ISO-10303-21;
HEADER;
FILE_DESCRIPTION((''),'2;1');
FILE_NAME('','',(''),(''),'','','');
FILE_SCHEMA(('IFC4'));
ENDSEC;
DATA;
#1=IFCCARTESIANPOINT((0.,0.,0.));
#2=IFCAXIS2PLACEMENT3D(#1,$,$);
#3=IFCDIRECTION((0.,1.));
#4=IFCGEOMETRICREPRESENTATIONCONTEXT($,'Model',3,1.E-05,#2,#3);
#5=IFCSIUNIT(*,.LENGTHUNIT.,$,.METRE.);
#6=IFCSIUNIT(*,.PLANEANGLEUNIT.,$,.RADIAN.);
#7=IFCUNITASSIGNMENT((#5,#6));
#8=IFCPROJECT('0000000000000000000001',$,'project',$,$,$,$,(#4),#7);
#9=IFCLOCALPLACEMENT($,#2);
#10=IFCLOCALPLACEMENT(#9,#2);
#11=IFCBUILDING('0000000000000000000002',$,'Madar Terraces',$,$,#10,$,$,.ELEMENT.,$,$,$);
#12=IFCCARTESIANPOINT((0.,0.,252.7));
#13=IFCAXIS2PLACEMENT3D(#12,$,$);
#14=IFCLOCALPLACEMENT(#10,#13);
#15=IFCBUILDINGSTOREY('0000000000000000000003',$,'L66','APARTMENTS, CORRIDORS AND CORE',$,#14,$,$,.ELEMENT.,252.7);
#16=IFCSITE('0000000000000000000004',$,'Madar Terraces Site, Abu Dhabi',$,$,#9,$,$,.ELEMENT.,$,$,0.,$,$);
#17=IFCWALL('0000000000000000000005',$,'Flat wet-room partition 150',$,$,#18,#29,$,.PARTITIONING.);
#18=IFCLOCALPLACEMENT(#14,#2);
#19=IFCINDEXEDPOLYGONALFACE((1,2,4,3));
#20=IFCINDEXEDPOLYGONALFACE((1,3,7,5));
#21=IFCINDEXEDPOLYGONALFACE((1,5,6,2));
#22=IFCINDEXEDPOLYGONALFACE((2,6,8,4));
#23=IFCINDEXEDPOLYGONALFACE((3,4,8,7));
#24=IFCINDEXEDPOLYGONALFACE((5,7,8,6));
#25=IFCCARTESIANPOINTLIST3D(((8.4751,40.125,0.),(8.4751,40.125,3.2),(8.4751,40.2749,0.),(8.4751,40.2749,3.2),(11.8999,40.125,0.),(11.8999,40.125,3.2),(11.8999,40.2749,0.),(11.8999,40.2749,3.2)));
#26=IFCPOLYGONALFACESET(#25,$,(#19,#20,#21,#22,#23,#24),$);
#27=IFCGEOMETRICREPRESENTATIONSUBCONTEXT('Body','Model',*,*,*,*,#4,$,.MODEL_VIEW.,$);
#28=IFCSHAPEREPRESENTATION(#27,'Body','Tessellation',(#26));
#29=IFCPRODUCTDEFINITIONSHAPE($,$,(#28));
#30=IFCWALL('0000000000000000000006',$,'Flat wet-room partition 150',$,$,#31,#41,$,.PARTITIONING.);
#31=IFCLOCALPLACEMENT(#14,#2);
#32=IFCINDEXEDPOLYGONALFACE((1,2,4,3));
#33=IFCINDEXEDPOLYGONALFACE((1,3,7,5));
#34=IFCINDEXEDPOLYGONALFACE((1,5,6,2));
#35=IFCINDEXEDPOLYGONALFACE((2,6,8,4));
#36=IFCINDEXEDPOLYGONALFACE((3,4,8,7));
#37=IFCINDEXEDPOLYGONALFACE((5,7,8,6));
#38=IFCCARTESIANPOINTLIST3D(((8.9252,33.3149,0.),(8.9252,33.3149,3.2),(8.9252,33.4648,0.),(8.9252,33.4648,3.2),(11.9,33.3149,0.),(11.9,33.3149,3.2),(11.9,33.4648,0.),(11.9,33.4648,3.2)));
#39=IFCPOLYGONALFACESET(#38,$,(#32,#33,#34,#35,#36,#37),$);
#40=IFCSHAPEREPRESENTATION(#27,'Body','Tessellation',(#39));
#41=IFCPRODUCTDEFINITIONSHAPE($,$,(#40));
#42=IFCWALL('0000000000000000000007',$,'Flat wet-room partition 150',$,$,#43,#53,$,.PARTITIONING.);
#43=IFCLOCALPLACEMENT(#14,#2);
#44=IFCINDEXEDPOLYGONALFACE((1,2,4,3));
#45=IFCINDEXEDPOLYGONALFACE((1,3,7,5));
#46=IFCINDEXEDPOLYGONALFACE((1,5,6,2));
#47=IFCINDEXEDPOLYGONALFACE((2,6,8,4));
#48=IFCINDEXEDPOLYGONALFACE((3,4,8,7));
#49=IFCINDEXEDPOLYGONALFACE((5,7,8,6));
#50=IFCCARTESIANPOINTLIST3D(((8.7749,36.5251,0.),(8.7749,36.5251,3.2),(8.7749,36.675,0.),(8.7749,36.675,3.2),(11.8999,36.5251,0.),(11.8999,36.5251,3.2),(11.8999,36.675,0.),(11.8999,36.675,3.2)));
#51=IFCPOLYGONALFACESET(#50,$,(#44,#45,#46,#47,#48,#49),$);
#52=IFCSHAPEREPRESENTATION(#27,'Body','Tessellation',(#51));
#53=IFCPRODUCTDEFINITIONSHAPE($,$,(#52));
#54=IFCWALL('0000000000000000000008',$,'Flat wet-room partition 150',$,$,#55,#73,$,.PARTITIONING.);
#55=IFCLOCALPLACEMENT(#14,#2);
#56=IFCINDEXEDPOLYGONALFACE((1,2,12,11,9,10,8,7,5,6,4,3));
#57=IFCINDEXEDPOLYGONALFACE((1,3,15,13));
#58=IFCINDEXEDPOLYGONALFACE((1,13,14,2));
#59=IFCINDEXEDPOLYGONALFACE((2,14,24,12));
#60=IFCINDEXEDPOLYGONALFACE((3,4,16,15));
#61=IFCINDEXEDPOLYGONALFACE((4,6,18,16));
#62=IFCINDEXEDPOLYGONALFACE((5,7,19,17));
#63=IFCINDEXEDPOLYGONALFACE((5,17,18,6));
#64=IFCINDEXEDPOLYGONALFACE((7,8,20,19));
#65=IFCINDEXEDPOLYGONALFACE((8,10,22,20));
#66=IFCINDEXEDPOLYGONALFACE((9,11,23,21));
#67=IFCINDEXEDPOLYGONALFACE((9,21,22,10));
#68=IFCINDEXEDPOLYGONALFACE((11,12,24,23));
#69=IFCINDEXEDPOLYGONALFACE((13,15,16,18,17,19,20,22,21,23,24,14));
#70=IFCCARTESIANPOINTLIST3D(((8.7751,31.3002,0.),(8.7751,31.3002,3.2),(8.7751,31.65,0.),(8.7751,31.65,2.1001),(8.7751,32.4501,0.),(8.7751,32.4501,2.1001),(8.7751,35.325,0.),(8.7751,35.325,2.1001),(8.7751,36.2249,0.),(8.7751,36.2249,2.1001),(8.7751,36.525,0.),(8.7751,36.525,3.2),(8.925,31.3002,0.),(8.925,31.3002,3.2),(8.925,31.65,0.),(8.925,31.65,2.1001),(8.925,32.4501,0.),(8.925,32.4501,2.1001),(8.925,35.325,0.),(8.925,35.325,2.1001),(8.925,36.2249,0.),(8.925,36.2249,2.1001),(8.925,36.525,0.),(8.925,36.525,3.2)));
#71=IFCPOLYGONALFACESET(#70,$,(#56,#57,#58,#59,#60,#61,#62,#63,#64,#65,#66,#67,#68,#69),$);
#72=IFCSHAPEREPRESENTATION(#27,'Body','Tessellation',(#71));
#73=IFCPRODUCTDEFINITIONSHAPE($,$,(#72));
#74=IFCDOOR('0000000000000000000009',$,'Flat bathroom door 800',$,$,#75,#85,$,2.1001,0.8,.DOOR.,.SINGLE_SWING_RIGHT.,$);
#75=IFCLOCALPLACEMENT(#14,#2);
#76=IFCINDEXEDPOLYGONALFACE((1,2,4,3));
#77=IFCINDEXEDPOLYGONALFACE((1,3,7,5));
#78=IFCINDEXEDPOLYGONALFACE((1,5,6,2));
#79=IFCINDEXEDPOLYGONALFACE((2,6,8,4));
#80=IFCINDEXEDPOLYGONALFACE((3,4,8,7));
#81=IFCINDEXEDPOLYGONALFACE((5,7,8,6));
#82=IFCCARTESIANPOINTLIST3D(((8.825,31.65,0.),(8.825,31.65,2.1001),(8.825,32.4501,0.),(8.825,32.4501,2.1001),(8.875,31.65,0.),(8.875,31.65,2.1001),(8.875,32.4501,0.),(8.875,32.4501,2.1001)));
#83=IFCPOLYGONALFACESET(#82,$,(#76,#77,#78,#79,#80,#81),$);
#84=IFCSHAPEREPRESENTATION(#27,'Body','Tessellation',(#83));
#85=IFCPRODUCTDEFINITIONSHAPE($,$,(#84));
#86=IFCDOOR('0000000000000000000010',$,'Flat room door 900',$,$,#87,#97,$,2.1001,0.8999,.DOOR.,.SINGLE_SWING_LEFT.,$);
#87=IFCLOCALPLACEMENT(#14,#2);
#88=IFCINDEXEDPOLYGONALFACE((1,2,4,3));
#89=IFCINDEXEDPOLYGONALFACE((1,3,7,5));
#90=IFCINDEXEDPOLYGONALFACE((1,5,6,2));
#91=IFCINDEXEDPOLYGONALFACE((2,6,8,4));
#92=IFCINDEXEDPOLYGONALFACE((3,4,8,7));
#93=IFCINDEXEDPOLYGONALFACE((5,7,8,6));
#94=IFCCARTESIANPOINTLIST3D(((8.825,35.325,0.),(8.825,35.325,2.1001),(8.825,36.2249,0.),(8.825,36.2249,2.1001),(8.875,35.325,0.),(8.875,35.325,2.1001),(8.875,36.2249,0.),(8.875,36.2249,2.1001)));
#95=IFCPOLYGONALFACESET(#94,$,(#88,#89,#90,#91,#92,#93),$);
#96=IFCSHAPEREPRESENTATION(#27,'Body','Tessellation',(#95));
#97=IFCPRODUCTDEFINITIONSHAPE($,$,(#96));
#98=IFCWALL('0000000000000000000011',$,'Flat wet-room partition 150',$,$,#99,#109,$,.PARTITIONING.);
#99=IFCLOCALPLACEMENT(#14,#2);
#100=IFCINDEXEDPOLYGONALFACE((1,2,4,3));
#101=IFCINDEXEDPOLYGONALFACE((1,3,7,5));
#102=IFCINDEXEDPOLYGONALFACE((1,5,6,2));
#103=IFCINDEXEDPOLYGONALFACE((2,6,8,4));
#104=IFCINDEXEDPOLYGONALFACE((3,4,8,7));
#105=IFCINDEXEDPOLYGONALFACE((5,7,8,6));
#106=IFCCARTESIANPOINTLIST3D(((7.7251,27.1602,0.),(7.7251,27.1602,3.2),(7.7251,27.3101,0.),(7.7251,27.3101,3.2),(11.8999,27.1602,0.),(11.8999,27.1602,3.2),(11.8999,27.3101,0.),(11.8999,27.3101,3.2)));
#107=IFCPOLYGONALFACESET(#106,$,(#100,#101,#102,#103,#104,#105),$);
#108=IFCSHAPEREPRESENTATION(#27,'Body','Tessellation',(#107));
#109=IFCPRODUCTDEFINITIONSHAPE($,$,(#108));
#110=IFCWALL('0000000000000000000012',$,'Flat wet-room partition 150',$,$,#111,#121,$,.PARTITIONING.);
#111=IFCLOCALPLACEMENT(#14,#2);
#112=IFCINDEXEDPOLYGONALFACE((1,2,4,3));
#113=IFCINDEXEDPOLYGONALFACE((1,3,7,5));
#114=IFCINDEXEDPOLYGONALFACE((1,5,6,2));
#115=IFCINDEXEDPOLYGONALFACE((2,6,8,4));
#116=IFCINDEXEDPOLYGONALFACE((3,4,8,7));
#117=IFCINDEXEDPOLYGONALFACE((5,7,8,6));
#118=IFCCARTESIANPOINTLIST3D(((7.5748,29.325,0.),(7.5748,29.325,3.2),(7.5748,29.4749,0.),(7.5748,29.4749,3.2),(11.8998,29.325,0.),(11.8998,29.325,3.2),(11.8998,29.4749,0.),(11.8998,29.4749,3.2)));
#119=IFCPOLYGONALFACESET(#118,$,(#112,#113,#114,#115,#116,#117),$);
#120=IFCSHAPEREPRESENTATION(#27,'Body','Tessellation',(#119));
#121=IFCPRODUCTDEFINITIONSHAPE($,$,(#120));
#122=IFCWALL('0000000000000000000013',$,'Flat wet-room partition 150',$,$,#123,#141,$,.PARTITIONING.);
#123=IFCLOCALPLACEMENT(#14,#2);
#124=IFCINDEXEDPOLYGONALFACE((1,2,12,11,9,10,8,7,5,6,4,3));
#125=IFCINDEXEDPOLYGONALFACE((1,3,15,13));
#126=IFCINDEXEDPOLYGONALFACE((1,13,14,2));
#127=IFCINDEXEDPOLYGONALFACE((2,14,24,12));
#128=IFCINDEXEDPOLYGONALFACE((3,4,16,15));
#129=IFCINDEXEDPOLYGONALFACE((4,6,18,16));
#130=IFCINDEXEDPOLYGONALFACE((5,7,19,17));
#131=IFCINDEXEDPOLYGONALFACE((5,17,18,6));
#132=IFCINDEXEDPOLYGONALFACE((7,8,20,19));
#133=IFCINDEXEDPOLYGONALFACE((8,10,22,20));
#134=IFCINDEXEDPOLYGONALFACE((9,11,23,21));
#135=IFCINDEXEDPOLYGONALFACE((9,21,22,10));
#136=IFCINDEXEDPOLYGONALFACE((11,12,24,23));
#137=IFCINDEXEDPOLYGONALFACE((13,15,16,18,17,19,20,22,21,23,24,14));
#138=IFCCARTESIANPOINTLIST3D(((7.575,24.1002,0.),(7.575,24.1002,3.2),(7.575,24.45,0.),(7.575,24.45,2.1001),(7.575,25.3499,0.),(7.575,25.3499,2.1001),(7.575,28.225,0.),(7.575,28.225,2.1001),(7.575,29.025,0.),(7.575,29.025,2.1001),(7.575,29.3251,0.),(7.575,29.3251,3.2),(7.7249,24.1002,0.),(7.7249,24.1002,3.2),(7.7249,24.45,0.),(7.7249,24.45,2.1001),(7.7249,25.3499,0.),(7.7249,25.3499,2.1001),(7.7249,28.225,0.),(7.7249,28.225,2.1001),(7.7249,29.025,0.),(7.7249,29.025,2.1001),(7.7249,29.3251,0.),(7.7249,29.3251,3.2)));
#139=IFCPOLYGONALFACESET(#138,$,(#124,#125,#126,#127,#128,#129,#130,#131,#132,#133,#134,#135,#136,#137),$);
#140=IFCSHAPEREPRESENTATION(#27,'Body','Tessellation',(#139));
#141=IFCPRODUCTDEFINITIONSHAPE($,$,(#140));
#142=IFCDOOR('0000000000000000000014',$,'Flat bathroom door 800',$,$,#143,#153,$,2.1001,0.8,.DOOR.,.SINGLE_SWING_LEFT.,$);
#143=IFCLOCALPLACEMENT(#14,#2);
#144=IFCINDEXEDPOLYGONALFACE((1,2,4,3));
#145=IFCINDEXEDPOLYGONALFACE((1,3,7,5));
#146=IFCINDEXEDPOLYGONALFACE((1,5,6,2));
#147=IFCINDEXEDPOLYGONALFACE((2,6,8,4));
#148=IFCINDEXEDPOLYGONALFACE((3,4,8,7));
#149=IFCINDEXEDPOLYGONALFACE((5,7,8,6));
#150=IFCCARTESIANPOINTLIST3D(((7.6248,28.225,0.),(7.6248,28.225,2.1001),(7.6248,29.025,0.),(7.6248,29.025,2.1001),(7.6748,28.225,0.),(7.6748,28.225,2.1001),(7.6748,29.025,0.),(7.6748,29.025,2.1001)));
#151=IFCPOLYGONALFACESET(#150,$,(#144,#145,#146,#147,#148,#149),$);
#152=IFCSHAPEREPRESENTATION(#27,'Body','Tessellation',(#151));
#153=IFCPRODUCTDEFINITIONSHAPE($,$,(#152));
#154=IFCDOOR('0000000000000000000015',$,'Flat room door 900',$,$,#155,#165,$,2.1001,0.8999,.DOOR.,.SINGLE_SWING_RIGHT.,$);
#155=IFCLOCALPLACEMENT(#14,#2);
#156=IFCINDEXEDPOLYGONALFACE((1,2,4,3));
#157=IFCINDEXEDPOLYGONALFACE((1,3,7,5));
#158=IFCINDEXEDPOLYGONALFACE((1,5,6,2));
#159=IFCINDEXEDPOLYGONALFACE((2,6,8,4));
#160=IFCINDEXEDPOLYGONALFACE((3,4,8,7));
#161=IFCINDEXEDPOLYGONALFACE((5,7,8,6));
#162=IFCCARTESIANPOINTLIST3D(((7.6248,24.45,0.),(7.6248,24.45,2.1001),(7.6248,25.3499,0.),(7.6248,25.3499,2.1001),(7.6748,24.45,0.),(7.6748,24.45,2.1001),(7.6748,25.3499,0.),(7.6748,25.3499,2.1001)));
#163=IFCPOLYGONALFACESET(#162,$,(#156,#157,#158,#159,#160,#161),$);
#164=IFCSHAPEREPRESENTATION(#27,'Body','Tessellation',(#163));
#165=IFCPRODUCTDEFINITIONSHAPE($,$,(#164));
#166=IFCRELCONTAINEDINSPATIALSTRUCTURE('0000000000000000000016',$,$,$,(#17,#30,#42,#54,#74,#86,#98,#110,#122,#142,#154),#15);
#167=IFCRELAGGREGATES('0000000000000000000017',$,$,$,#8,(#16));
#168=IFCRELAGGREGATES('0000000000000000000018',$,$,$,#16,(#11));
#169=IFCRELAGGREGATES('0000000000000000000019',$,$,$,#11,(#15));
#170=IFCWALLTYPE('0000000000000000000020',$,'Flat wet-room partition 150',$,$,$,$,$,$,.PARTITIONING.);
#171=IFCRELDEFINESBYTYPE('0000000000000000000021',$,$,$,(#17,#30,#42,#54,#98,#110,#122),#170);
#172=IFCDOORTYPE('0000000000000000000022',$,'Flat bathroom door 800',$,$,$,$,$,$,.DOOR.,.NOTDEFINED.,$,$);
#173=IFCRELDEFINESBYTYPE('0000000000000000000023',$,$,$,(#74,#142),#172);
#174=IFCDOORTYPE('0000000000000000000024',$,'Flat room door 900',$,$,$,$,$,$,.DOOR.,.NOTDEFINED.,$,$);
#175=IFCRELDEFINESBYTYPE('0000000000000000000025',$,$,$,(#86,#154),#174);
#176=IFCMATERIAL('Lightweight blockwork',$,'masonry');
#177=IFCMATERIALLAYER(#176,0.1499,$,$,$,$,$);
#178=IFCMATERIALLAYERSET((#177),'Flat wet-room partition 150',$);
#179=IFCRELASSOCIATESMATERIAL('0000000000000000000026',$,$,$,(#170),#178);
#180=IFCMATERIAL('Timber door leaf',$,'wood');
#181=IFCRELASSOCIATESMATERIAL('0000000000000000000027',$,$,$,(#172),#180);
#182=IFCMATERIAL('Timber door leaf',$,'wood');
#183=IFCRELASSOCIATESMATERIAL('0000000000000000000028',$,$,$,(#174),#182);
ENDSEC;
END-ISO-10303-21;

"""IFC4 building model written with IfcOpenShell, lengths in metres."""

from ifc_helpers import new_model, si_unit, direction, frame, frame_2d, origin, place, context, subcontext, project, spatial, rectangle, extrude, material, layer, layer_set, type_object, element, fill, save


model = new_model("IFC4")

# Units and contexts
model_context = context("Model", 3, precision=1e-05, world=origin(), true_north=direction((0.0, 1.0)))
body_context = subcontext(model_context, "Body", "Model", "MODEL_VIEW")
ifc_project = project(units=[si_unit("LENGTHUNIT", "METRE"), si_unit("PLANEANGLEUNIT", "RADIAN")], contexts=[model_context])

# Site, building, storey
site_placement = place(None, origin())
site = spatial("IfcSite", under=ifc_project, at=site_placement, Name="Madar Terraces Site, Abu Dhabi", CompositionType="ELEMENT", RefElevation=0.0)
building_placement = place(site_placement, origin())
building = spatial("IfcBuilding", under=site, at=building_placement, Name="Madar Terraces", CompositionType="ELEMENT")
storey_placement = place(building_placement, frame((0.0, 0.0, 252.7)))
storey = spatial("IfcBuildingStorey", under=building, at=storey_placement, Name="L66", Description="APARTMENTS, CORRIDORS AND CORE", CompositionType="ELEMENT", Elevation=252.7)

# Walls
ifc_material_1 = material(Name="Lightweight blockwork", Category="masonry")
ifc_layer_1 = layer(ifc_material_1, 0.1499)
ifc_layer_set_1 = layer_set([ifc_layer_1], Name="Flat wet-room partition 150")
wall_type_1 = type_object("IfcWallType", Name="Flat wet-room partition 150", PredefinedType="PARTITIONING", material=ifc_layer_set_1)
wall_1_placement = place(storey_placement, frame((11.8999, 40.2, 0.0), z_axis=(0.0, 0.0, 1.0), x_axis=(-1.0, 0.0, 0.0)))
element("IfcWall", 1, at=wall_1_placement, inside=storey, type_object=wall_type_1, Name="Flat wet-room partition 150", PredefinedType="PARTITIONING", context=body_context, shape_type="SweptSolid", body=[
    extrude(rectangle(XDim=3.4248, YDim=0.1499, at=frame_2d((1.7124, 0.0))), origin(), (0.0, 0.0, 1.0), 3.2),
])
wall_2_placement = place(storey_placement, frame((11.8999, 33.3899, 0.0), z_axis=(0.0, 0.0, 1.0), x_axis=(-1.0, 0.0, 0.0)))
element("IfcWall", 2, at=wall_2_placement, inside=storey, type_object=wall_type_1, Name="Flat wet-room partition 150", PredefinedType="PARTITIONING", context=body_context, shape_type="SweptSolid", body=[
    extrude(rectangle(XDim=2.9749, YDim=0.1499, at=frame_2d((1.4873, 0.0))), origin(), (0.0, 0.0, 1.0), 3.2),
])
wall_3_placement = place(storey_placement, frame((11.8999, 36.6001, 0.0), z_axis=(0.0, 0.0, 1.0), x_axis=(-1.0, 0.0, 0.0)))
element("IfcWall", 3, at=wall_3_placement, inside=storey, type_object=wall_type_1, Name="Flat wet-room partition 150", PredefinedType="PARTITIONING", context=body_context, shape_type="SweptSolid", body=[
    extrude(rectangle(XDim=3.125, YDim=0.1499, at=frame_2d((1.5625, 0.0))), origin(), (0.0, 0.0, 1.0), 3.2),
])

# Wall, openings, doors
wall_4_placement = place(storey_placement, frame((8.8501, 36.5249, 0.0), z_axis=(0.0, 0.0, 1.0), x_axis=(0.0, -1.0, 0.0)))
wall_4 = element("IfcWall", 4, at=wall_4_placement, inside=storey, type_object=wall_type_1, Name="Flat wet-room partition 150", PredefinedType="PARTITIONING", context=body_context, shape_type="SweptSolid", body=[
    extrude(rectangle(XDim=5.2249, YDim=0.1499, at=frame_2d((2.6123, 0.0))), origin(), (0.0, 0.0, 1.0), 3.2),
])
opening_1_placement = place(wall_4_placement, frame((0.3, 0.0, 0.0)))
opening_1 = element("IfcOpeningElement", 5, at=opening_1_placement, cuts=wall_4, PredefinedType="OPENING", context=body_context, shape_type="SweptSolid", body=[
    extrude(rectangle(XDim=0.8999, YDim=2.1001, at=frame_2d((0.45, 1.05))), frame((0.0, 0.085, 0.0), z_axis=(0.0, -1.0, 0.0), x_axis=(1.0, 0.0, 0.0)), (0.0, 0.0, 1.0), 0.1699),
])
opening_2_placement = place(wall_4_placement, frame((4.075, 0.0, 0.0)))
opening_2 = element("IfcOpeningElement", 6, at=opening_2_placement, cuts=wall_4, PredefinedType="OPENING", context=body_context, shape_type="SweptSolid", body=[
    extrude(rectangle(XDim=0.8, YDim=2.1001, at=frame_2d((0.3999, 1.05))), frame((0.0, 0.085, 0.0), z_axis=(0.0, -1.0, 0.0), x_axis=(1.0, 0.0, 0.0)), (0.0, 0.0, 1.0), 0.1699),
])
ifc_material_2 = material(Name="Timber door leaf", Category="wood")
door_type_1 = type_object("IfcDoorType", Name="Flat bathroom door 800", OperationType="NOTDEFINED", PredefinedType="DOOR", material=ifc_material_2)
door_1_placement = place(opening_2_placement, origin())
door_1 = element("IfcDoor", 7, at=door_1_placement, inside=storey, type_object=door_type_1, Name="Flat bathroom door 800", OperationType="SINGLE_SWING_RIGHT", OverallHeight=2.1001, OverallWidth=0.8, PredefinedType="DOOR", context=body_context, shape_type="SweptSolid", body=[
    extrude(rectangle(XDim=0.8, YDim=2.1001, at=frame_2d((0.3999, 1.05))), frame((0.0, 0.0249, 0.0), z_axis=(0.0, -1.0, 0.0), x_axis=(1.0, 0.0, 0.0)), (0.0, 0.0, 1.0), 0.05),
])
fill(opening_2, door_1)
ifc_material_3 = material(Name="Timber door leaf", Category="wood")
door_type_2 = type_object("IfcDoorType", Name="Flat room door 900", OperationType="NOTDEFINED", PredefinedType="DOOR", material=ifc_material_3)
door_2_placement = place(opening_1_placement, origin())
door_2 = element("IfcDoor", 8, at=door_2_placement, inside=storey, type_object=door_type_2, Name="Flat room door 900", OperationType="SINGLE_SWING_LEFT", OverallHeight=2.1001, OverallWidth=0.8999, PredefinedType="DOOR", context=body_context, shape_type="SweptSolid", body=[
    extrude(rectangle(XDim=0.8999, YDim=2.1001, at=frame_2d((0.45, 1.05))), frame((0.0, 0.0249, 0.0), z_axis=(0.0, -1.0, 0.0), x_axis=(1.0, 0.0, 0.0)), (0.0, 0.0, 1.0), 0.05),
])
fill(opening_1, door_2)

# Walls
wall_5_placement = place(storey_placement, frame((11.8999, 27.2351, 0.0), z_axis=(0.0, 0.0, 1.0), x_axis=(-1.0, 0.0, 0.0)))
element("IfcWall", 9, at=wall_5_placement, inside=storey, type_object=wall_type_1, Name="Flat wet-room partition 150", PredefinedType="PARTITIONING", context=body_context, shape_type="SweptSolid", body=[
    extrude(rectangle(XDim=4.1748, YDim=0.1499, at=frame_2d((2.0874, 0.0))), origin(), (0.0, 0.0, 1.0), 3.2),
])
wall_6_placement = place(storey_placement, frame((11.8999, 29.3999, 0.0), z_axis=(0.0, 0.0, 1.0), x_axis=(-1.0, 0.0, 0.0)))
element("IfcWall", 10, at=wall_6_placement, inside=storey, type_object=wall_type_1, Name="Flat wet-room partition 150", PredefinedType="PARTITIONING", context=body_context, shape_type="SweptSolid", body=[
    extrude(rectangle(XDim=4.325, YDim=0.1499, at=frame_2d((2.1626, 0.0))), origin(), (0.0, 0.0, 1.0), 3.2),
])

# Wall, openings, doors
wall_7_placement = place(storey_placement, frame((7.6499, 29.325, 0.0), z_axis=(0.0, 0.0, 1.0), x_axis=(0.0, -1.0, 0.0)))
wall_7 = element("IfcWall", 11, at=wall_7_placement, inside=storey, type_object=wall_type_1, Name="Flat wet-room partition 150", PredefinedType="PARTITIONING", context=body_context, shape_type="SweptSolid", body=[
    extrude(rectangle(XDim=5.2249, YDim=0.1499, at=frame_2d((2.6123, 0.0))), origin(), (0.0, 0.0, 1.0), 3.2),
])
opening_3_placement = place(wall_7_placement, frame((0.3, 0.0, 0.0)))
opening_3 = element("IfcOpeningElement", 12, at=opening_3_placement, cuts=wall_7, PredefinedType="OPENING", context=body_context, shape_type="SweptSolid", body=[
    extrude(rectangle(XDim=0.8, YDim=2.1001, at=frame_2d((0.3999, 1.05))), frame((0.0, 0.085, 0.0), z_axis=(0.0, -1.0, 0.0), x_axis=(1.0, 0.0, 0.0)), (0.0, 0.0, 1.0), 0.1699),
])
opening_4_placement = place(wall_7_placement, frame((3.9751, 0.0, 0.0)))
opening_4 = element("IfcOpeningElement", 13, at=opening_4_placement, cuts=wall_7, PredefinedType="OPENING", context=body_context, shape_type="SweptSolid", body=[
    extrude(rectangle(XDim=0.8999, YDim=2.1001, at=frame_2d((0.45, 1.05))), frame((0.0, 0.085, 0.0), z_axis=(0.0, -1.0, 0.0), x_axis=(1.0, 0.0, 0.0)), (0.0, 0.0, 1.0), 0.1699),
])
door_3_placement = place(opening_3_placement, origin())
door_3 = element("IfcDoor", 14, at=door_3_placement, inside=storey, type_object=door_type_1, Name="Flat bathroom door 800", OperationType="SINGLE_SWING_LEFT", OverallHeight=2.1001, OverallWidth=0.8, PredefinedType="DOOR", context=body_context, shape_type="SweptSolid", body=[
    extrude(rectangle(XDim=0.8, YDim=2.1001, at=frame_2d((0.3999, 1.05))), frame((0.0, 0.0249, 0.0), z_axis=(0.0, -1.0, 0.0), x_axis=(1.0, 0.0, 0.0)), (0.0, 0.0, 1.0), 0.05),
])
fill(opening_3, door_3)
door_4_placement = place(opening_4_placement, origin())
door_4 = element("IfcDoor", 15, at=door_4_placement, inside=storey, type_object=door_type_2, Name="Flat room door 900", OperationType="SINGLE_SWING_RIGHT", OverallHeight=2.1001, OverallWidth=0.8999, PredefinedType="DOOR", context=body_context, shape_type="SweptSolid", body=[
    extrude(rectangle(XDim=0.8999, YDim=2.1001, at=frame_2d((0.45, 1.05))), frame((0.0, 0.0249, 0.0), z_axis=(0.0, -1.0, 0.0), x_axis=(1.0, 0.0, 0.0)), (0.0, 0.0, 1.0), 0.05),
])
fill(opening_4, door_4)

save(model, "model.ifc")
